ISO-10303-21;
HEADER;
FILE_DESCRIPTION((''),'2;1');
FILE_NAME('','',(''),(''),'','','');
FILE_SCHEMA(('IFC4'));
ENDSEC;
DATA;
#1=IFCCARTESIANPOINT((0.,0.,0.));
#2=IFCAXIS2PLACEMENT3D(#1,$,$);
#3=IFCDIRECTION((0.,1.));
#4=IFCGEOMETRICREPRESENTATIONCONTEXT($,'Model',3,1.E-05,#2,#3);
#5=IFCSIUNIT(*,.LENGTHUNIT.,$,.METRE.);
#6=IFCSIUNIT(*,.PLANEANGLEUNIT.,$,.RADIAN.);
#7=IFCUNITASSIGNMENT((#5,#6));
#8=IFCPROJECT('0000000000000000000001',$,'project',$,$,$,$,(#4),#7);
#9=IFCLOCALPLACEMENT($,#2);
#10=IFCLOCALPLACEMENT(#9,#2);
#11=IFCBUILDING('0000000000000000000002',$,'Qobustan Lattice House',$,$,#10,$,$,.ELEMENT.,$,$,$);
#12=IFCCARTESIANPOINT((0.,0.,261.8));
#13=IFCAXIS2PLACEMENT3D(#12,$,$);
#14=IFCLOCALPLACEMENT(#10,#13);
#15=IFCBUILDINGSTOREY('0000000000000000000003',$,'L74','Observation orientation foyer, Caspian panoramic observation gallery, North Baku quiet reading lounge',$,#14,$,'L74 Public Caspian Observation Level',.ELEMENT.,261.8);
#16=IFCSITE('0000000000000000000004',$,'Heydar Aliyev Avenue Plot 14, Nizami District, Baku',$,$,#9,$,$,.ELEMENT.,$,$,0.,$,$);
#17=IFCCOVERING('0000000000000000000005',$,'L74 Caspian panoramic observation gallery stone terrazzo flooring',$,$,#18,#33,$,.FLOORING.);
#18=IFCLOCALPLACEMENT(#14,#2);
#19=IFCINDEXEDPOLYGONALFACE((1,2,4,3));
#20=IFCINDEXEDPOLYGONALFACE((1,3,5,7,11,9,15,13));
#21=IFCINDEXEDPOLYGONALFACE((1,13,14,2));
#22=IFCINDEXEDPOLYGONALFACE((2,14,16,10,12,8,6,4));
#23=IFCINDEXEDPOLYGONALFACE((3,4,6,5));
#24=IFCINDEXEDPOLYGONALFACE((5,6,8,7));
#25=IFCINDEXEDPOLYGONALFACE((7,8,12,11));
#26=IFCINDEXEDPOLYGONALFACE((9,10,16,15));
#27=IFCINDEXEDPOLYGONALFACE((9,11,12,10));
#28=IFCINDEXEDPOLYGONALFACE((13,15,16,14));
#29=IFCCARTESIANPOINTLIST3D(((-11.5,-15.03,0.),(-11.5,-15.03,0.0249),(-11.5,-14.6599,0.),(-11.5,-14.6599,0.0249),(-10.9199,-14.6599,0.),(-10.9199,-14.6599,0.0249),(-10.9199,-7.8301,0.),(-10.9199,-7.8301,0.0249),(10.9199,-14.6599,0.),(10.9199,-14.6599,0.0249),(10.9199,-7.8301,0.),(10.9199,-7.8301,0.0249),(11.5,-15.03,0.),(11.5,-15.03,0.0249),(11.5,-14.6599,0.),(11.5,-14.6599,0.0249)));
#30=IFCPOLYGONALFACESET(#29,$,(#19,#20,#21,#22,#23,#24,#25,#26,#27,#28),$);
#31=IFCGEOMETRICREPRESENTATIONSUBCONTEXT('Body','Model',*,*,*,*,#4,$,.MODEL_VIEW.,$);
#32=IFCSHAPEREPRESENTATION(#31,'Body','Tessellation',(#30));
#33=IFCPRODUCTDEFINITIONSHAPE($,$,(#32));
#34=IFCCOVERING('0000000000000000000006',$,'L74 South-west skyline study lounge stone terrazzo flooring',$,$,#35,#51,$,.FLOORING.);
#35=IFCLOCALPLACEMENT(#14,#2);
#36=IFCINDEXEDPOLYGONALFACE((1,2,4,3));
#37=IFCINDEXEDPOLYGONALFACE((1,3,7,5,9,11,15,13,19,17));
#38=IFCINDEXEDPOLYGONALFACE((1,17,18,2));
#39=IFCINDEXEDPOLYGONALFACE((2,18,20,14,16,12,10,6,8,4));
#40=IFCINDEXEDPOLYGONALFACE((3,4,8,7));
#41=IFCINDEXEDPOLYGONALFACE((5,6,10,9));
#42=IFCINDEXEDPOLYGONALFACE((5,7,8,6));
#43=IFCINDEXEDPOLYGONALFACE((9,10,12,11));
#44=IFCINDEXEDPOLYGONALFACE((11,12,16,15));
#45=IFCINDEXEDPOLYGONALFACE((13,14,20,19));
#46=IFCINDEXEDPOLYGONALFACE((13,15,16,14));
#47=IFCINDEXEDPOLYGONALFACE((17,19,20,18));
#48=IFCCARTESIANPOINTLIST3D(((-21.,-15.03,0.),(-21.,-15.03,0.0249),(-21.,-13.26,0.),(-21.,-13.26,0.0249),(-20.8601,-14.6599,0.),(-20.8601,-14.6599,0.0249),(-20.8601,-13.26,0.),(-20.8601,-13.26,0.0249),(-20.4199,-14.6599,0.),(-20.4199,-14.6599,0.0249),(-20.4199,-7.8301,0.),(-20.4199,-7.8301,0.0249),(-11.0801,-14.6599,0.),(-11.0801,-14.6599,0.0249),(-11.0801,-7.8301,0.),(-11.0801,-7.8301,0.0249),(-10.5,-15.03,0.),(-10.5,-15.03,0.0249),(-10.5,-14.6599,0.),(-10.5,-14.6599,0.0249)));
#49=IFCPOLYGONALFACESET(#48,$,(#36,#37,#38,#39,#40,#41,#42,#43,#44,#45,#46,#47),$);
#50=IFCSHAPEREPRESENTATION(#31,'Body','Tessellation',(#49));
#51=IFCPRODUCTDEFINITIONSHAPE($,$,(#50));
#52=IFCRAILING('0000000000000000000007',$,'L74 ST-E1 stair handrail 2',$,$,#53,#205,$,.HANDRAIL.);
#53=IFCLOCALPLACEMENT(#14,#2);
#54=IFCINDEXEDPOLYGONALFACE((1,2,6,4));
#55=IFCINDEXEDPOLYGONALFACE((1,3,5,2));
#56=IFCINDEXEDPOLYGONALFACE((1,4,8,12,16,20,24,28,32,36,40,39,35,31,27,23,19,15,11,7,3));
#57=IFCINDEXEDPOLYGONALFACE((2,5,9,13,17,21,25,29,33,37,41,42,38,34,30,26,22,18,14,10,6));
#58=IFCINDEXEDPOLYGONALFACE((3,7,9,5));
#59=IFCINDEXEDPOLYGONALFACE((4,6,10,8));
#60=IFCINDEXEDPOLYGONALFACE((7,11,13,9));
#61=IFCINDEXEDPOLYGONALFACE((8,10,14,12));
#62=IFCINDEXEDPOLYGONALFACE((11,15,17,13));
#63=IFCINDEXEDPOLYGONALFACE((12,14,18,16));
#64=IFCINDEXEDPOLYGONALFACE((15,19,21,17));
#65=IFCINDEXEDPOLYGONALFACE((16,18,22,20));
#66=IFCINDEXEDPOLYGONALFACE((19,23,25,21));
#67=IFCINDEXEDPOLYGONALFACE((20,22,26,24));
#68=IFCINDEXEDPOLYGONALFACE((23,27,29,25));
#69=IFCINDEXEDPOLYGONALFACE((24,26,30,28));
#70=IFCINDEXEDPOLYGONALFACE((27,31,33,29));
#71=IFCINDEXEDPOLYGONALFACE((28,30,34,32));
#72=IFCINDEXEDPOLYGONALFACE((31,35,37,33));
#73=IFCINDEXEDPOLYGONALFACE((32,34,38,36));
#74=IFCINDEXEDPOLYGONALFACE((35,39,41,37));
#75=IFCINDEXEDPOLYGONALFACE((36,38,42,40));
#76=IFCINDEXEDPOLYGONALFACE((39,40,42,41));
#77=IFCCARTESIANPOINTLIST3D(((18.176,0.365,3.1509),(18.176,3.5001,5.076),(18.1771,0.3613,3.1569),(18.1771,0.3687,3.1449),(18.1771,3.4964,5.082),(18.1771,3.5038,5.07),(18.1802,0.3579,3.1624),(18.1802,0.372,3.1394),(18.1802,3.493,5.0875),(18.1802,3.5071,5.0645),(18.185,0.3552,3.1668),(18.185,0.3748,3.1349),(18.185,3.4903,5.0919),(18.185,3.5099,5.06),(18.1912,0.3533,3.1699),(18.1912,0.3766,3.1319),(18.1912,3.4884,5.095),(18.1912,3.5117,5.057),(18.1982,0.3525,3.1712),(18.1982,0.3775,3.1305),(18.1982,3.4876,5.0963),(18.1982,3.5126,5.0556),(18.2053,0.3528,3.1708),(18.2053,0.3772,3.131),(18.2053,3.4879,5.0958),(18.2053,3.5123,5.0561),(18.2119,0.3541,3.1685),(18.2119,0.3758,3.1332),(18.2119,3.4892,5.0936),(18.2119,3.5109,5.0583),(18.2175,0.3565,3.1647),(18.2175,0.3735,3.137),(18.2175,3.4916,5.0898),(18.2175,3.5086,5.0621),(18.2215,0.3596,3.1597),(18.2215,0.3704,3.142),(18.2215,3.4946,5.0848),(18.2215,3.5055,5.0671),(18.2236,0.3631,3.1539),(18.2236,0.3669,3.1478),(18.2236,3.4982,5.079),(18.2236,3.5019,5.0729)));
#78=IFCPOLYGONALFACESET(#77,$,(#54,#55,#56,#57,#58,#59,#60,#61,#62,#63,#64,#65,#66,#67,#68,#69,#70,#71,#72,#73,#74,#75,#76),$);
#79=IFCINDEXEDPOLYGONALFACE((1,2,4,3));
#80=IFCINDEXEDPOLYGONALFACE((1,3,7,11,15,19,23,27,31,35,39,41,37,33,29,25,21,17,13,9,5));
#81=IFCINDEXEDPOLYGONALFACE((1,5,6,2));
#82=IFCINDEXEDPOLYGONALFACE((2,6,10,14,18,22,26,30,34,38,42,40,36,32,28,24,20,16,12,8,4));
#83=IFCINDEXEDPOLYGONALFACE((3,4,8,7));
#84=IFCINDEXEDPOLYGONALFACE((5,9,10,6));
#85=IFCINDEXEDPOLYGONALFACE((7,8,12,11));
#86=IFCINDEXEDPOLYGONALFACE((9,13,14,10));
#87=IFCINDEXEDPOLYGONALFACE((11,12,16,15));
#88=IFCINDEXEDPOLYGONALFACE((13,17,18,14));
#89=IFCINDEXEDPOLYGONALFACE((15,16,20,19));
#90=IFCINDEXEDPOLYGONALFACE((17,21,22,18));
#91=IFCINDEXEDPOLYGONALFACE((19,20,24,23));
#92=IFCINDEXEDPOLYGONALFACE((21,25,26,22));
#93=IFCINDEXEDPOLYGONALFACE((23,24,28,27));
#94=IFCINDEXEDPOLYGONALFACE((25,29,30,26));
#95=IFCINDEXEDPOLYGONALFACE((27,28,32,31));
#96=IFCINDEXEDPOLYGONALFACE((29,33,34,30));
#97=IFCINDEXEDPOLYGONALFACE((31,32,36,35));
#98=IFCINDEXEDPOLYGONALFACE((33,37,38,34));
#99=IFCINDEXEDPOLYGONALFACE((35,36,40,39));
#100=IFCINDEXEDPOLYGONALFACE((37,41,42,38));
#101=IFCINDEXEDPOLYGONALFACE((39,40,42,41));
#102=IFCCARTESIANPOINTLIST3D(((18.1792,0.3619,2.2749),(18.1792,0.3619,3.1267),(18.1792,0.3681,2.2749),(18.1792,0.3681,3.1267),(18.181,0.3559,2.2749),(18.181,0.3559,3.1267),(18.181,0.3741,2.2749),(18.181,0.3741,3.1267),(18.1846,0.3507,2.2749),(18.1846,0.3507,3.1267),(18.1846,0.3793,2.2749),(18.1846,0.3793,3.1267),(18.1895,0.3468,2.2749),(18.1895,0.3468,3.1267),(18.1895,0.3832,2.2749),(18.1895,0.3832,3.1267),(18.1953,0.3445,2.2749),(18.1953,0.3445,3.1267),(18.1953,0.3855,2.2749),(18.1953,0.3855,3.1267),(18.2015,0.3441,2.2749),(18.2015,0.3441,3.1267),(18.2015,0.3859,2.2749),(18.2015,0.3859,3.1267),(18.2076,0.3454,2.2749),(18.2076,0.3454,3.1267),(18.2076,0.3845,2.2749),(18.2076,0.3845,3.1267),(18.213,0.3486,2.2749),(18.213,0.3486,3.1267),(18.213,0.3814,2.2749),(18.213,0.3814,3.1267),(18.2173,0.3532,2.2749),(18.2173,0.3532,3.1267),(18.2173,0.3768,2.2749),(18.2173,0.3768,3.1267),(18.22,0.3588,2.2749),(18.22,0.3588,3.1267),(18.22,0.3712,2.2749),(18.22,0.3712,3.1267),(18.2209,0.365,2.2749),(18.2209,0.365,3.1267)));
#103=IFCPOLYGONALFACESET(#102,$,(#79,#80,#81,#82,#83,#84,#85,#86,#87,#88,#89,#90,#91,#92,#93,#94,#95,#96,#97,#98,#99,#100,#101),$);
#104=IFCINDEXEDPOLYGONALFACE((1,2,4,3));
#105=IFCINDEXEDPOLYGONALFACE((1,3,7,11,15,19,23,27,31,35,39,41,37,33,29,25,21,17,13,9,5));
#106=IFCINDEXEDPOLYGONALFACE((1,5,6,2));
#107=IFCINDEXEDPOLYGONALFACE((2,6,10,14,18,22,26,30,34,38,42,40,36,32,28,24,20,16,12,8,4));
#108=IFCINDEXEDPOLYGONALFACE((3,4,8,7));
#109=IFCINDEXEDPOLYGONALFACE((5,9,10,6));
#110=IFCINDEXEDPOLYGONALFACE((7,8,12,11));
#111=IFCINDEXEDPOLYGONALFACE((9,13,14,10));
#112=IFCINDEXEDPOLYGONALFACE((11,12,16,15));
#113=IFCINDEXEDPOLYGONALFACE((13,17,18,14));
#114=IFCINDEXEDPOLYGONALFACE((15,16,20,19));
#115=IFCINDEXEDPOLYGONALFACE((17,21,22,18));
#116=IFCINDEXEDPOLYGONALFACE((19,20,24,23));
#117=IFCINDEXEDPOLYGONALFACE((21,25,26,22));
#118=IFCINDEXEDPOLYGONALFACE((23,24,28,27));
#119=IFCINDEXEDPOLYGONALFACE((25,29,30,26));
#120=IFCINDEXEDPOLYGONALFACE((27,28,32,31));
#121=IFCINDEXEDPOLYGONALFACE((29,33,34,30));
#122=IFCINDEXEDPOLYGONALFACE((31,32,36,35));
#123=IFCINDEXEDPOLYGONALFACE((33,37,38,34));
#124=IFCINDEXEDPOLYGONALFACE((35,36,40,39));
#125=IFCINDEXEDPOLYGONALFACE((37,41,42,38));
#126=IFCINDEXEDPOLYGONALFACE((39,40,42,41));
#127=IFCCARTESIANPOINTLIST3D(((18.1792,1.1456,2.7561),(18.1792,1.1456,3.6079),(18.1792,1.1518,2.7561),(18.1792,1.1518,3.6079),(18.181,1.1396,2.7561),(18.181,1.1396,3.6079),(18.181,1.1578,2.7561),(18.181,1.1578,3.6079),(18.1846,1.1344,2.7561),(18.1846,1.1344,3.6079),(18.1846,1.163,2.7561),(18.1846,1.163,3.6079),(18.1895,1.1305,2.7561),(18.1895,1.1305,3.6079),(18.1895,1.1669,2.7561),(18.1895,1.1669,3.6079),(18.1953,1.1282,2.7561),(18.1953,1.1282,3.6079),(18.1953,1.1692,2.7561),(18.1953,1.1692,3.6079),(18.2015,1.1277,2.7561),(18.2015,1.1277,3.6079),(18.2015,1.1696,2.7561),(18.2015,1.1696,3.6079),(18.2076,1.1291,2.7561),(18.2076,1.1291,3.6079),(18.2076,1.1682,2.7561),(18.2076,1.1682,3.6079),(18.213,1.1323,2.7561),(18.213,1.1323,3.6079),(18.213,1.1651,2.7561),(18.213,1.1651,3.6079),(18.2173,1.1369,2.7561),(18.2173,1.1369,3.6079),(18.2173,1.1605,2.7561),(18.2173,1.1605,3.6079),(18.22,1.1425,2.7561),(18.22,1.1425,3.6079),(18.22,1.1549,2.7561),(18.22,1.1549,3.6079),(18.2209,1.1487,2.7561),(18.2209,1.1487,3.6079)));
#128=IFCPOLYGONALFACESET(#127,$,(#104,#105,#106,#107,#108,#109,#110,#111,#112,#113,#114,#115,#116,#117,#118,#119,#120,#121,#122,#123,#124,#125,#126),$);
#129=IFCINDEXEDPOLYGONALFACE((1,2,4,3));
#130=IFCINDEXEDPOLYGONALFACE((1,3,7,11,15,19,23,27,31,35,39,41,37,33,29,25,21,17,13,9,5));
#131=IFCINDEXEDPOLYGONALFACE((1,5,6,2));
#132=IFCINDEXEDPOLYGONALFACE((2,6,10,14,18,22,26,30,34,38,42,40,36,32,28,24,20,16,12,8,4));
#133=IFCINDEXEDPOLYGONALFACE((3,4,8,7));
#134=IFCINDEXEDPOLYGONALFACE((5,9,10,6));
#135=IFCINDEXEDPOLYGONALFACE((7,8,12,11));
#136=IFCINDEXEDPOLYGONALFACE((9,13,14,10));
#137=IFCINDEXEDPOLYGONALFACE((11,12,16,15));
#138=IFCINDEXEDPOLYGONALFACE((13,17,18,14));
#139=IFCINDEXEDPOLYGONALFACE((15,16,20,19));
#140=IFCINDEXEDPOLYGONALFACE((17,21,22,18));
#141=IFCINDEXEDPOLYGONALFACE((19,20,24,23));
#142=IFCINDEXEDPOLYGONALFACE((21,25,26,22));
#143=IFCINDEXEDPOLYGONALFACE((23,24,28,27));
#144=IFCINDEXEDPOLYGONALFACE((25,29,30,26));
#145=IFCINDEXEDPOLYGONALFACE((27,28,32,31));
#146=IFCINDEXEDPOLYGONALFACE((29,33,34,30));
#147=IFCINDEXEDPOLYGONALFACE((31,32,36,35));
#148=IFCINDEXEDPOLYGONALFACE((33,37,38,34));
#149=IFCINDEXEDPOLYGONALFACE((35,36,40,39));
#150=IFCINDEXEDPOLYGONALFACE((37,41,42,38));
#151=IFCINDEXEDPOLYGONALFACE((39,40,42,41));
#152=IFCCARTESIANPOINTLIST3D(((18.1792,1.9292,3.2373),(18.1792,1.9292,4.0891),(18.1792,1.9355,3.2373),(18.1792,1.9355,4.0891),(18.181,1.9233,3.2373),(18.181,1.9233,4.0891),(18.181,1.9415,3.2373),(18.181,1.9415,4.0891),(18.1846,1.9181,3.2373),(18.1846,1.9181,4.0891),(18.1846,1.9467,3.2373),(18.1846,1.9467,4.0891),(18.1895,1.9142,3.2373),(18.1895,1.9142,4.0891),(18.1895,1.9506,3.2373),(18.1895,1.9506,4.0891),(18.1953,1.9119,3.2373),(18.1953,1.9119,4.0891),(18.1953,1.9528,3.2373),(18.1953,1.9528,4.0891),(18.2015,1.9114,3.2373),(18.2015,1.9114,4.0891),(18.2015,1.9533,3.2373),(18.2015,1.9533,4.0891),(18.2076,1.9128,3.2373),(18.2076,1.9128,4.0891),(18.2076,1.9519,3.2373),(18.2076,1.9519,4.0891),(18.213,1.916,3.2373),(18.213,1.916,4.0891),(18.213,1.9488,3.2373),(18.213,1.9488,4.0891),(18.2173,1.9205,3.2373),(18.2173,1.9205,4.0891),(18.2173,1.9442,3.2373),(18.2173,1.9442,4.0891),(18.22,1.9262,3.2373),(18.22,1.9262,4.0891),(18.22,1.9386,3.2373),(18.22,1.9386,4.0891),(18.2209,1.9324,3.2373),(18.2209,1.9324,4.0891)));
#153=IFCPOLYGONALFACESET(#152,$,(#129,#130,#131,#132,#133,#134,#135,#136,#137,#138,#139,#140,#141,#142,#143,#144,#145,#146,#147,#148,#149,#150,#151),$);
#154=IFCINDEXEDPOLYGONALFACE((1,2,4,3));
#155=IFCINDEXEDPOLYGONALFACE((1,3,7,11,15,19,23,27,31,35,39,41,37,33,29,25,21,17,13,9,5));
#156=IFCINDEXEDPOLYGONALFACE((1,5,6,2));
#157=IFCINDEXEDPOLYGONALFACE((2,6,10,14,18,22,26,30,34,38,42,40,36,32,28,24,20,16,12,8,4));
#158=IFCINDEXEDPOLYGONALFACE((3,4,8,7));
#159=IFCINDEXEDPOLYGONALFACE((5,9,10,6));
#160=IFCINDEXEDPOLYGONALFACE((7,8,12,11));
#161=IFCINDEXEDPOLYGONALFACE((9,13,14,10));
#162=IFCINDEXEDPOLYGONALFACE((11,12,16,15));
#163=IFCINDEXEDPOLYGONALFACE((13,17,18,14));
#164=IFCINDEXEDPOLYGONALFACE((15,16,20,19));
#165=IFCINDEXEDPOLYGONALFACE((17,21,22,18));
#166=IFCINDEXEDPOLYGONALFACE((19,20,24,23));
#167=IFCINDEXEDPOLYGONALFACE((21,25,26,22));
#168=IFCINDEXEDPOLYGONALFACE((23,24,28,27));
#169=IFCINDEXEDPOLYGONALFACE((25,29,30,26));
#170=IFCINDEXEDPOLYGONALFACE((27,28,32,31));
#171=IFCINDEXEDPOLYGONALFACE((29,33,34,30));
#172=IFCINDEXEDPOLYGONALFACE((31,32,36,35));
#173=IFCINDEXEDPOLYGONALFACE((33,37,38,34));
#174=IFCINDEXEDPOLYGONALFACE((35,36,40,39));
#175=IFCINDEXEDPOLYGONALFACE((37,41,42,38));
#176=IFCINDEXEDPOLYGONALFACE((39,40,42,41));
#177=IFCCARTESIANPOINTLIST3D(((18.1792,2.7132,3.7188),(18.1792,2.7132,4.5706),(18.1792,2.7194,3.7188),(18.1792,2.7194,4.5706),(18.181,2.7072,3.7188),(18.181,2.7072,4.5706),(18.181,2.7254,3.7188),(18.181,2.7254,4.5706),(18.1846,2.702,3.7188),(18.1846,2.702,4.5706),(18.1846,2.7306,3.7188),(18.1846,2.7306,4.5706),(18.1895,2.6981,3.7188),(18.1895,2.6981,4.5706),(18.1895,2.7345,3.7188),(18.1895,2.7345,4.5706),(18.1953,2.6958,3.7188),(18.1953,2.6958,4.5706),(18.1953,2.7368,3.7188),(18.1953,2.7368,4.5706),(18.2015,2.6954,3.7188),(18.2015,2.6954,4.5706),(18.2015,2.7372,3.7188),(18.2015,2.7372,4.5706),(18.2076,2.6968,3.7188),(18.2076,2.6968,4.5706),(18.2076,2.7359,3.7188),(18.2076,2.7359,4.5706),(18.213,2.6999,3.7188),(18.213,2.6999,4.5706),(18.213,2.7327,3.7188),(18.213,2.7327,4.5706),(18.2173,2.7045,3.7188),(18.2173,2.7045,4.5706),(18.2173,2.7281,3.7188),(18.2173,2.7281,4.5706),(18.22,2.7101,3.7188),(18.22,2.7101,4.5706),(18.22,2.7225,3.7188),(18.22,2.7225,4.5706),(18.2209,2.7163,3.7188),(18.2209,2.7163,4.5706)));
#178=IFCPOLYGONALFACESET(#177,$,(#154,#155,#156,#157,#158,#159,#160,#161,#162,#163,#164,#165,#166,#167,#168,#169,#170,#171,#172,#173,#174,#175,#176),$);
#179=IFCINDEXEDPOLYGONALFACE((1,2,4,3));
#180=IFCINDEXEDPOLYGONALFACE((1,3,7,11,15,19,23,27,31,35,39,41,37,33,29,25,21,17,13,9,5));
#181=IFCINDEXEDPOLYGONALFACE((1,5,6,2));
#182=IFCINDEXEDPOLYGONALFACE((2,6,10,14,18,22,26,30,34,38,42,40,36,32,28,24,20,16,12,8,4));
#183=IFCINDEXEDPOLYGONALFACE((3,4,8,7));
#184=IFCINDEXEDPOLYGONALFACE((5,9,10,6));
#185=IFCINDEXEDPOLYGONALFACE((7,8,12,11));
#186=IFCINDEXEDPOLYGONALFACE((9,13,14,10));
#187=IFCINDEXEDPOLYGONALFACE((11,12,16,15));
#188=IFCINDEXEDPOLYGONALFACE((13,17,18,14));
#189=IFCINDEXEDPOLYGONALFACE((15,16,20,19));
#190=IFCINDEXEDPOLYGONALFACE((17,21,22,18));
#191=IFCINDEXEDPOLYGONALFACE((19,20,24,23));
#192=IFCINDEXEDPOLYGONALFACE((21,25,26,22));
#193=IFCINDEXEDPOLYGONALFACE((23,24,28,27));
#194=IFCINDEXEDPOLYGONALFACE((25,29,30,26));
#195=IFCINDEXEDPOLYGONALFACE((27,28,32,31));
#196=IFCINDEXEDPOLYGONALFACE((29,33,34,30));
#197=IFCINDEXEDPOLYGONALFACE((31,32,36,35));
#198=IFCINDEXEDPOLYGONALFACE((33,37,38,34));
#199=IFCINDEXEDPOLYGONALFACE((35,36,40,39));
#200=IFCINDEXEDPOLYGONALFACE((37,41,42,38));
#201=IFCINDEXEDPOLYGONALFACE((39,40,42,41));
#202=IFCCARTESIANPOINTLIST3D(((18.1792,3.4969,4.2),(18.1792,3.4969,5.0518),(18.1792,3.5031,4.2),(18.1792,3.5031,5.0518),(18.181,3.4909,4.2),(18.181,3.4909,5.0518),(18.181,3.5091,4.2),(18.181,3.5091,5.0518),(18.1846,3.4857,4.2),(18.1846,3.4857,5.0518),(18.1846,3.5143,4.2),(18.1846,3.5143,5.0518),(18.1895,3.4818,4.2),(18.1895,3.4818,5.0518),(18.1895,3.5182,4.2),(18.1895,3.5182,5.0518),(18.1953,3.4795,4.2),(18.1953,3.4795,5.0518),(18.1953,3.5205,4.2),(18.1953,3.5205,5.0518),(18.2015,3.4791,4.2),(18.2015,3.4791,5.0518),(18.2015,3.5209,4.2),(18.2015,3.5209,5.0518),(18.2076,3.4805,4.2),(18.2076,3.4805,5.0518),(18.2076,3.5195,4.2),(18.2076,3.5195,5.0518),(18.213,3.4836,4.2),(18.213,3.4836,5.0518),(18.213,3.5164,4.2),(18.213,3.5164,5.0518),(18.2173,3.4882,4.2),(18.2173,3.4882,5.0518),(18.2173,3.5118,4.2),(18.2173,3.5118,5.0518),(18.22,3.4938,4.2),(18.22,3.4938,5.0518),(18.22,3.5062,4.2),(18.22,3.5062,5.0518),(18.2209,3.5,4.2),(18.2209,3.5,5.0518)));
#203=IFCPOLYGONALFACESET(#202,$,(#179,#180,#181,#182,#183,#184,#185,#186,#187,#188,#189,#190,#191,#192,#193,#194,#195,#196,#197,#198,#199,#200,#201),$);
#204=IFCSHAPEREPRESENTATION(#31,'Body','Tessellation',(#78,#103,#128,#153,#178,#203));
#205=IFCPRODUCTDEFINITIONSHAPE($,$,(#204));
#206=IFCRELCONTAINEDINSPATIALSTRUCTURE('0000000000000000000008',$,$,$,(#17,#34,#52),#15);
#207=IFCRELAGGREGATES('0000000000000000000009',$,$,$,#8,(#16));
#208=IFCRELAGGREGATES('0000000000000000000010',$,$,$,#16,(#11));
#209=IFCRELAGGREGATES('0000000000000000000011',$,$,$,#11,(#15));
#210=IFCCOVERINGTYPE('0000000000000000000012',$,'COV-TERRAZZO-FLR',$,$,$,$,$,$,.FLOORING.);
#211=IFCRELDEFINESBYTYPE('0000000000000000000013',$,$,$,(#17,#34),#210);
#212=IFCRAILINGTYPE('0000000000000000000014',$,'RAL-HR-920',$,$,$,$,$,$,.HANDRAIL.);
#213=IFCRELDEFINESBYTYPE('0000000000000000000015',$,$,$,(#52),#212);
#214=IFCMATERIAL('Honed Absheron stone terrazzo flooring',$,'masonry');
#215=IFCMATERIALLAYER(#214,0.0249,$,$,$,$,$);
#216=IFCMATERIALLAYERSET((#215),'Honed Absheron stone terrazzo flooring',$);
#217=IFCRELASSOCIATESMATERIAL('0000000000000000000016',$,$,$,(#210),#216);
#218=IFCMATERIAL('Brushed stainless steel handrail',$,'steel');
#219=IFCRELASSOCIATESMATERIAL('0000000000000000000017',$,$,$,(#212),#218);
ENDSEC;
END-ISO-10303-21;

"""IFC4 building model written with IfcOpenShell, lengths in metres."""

from ifc_helpers import new_model, si_unit, direction, frame, origin, origin_2d, place, context, subcontext, project, spatial, polyline, circle, outline, extrude, material, layer, layer_set, type_object, element, save


model = new_model("IFC4")

# Units and contexts
model_context = context("Model", 3, precision=1e-05, world=origin(), true_north=direction((0.0, 1.0)))
body_context = subcontext(model_context, "Body", "Model", "MODEL_VIEW")
ifc_project = project(units=[si_unit("LENGTHUNIT", "METRE"), si_unit("PLANEANGLEUNIT", "RADIAN")], contexts=[model_context])

# Site, building, storey
site_placement = place(None, origin())
site = spatial("IfcSite", under=ifc_project, at=site_placement, Name="Heydar Aliyev Avenue Plot 14, Nizami District, Baku", CompositionType="ELEMENT", RefElevation=0.0)
building_placement = place(site_placement, origin())
building = spatial("IfcBuilding", under=site, at=building_placement, Name="Qobustan Lattice House", CompositionType="ELEMENT")
storey_placement = place(building_placement, frame((0.0, 0.0, 261.8)))
storey = spatial("IfcBuildingStorey", under=building, at=storey_placement, Name="L74", Description="Observation orientation foyer, Caspian panoramic observation gallery, North Baku quiet reading lounge", LongName="L74 Public Caspian Observation Level", CompositionType="ELEMENT", Elevation=261.8)

# Coverings
ifc_material_1 = material(Name="Honed Absheron stone terrazzo flooring", Category="masonry")
ifc_layer_1 = layer(ifc_material_1, 0.0249)
ifc_layer_set_1 = layer_set([ifc_layer_1], Name="Honed Absheron stone terrazzo flooring")
covering_type_1 = type_object("IfcCoveringType", Name="COV-TERRAZZO-FLR", PredefinedType="FLOORING", material=ifc_layer_set_1)
covering_1_placement = place(storey_placement, origin())
element("IfcCovering", 1, at=covering_1_placement, inside=storey, type_object=covering_type_1, Name="L74 Caspian panoramic observation gallery stone terrazzo flooring", PredefinedType="FLOORING", context=body_context, shape_type="SweptSolid", body=[
    extrude(outline(polyline([(11.5, -14.6599), (10.9199, -14.6599), (10.9199, -7.8301), (-10.9199, -7.8301), (-10.9199, -14.6599), (-11.5, -14.6599), (-11.5, -15.03), (11.5, -15.03), (11.5, -14.6599)])), origin(), (0.0, 0.0, 1.0), 0.0249),
])
covering_2_placement = place(storey_placement, origin())
element("IfcCovering", 2, at=covering_2_placement, inside=storey, type_object=covering_type_1, Name="L74 South-west skyline study lounge stone terrazzo flooring", PredefinedType="FLOORING", context=body_context, shape_type="SweptSolid", body=[
    extrude(outline(polyline([(-10.5, -14.6599), (-11.0801, -14.6599), (-11.0801, -7.8301), (-20.4199, -7.8301), (-20.4199, -14.6599), (-20.8601, -14.6599), (-20.8601, -13.26), (-21.0, -13.26), (-21.0, -15.03), (-10.5, -15.03), (-10.5, -14.6599)])), origin(), (0.0, 0.0, 1.0), 0.0249),
])

# Railing
ifc_material_2 = material(Name="Brushed stainless steel handrail", Category="steel")
railing_type_1 = type_object("IfcRailingType", Name="RAL-HR-920", PredefinedType="HANDRAIL", material=ifc_material_2)
railing_1_placement = place(storey_placement, frame((18.2, 0.365, 2.2749)))
element("IfcRailing", 3, at=railing_1_placement, inside=storey, type_object=railing_type_1, Name="L74 ST-E1 stair handrail 2", PredefinedType="HANDRAIL", context=body_context, shape_type="SweptSolid", body=[
    extrude(circle(Radius=0.0239, at=origin_2d()), frame((0.0, 0.0, 0.876), z_axis=(0.0, 0.852166, 0.523271), x_axis=(-1.0, 0.0, 0.0)), (0.0, 0.0, 1.0), 3.679),
    extrude(circle(Radius=0.021, at=origin_2d()), origin(), (0.0, 0.0, 1.0), 0.8518),
    extrude(circle(Radius=0.021, at=origin_2d()), frame((0.0, 0.7837, 0.4812)), (0.0, 0.0, 1.0), 0.8518),
    extrude(circle(Radius=0.021, at=origin_2d()), frame((0.0, 1.5674, 0.9624)), (0.0, 0.0, 1.0), 0.8518),
    extrude(circle(Radius=0.021, at=origin_2d()), frame((0.0, 2.3513, 1.4438)), (0.0, 0.0, 1.0), 0.8518),
    extrude(circle(Radius=0.021, at=origin_2d()), frame((0.0, 3.135, 1.925)), (0.0, 0.0, 1.0), 0.8518),
])

save(model, "model.ifc")
